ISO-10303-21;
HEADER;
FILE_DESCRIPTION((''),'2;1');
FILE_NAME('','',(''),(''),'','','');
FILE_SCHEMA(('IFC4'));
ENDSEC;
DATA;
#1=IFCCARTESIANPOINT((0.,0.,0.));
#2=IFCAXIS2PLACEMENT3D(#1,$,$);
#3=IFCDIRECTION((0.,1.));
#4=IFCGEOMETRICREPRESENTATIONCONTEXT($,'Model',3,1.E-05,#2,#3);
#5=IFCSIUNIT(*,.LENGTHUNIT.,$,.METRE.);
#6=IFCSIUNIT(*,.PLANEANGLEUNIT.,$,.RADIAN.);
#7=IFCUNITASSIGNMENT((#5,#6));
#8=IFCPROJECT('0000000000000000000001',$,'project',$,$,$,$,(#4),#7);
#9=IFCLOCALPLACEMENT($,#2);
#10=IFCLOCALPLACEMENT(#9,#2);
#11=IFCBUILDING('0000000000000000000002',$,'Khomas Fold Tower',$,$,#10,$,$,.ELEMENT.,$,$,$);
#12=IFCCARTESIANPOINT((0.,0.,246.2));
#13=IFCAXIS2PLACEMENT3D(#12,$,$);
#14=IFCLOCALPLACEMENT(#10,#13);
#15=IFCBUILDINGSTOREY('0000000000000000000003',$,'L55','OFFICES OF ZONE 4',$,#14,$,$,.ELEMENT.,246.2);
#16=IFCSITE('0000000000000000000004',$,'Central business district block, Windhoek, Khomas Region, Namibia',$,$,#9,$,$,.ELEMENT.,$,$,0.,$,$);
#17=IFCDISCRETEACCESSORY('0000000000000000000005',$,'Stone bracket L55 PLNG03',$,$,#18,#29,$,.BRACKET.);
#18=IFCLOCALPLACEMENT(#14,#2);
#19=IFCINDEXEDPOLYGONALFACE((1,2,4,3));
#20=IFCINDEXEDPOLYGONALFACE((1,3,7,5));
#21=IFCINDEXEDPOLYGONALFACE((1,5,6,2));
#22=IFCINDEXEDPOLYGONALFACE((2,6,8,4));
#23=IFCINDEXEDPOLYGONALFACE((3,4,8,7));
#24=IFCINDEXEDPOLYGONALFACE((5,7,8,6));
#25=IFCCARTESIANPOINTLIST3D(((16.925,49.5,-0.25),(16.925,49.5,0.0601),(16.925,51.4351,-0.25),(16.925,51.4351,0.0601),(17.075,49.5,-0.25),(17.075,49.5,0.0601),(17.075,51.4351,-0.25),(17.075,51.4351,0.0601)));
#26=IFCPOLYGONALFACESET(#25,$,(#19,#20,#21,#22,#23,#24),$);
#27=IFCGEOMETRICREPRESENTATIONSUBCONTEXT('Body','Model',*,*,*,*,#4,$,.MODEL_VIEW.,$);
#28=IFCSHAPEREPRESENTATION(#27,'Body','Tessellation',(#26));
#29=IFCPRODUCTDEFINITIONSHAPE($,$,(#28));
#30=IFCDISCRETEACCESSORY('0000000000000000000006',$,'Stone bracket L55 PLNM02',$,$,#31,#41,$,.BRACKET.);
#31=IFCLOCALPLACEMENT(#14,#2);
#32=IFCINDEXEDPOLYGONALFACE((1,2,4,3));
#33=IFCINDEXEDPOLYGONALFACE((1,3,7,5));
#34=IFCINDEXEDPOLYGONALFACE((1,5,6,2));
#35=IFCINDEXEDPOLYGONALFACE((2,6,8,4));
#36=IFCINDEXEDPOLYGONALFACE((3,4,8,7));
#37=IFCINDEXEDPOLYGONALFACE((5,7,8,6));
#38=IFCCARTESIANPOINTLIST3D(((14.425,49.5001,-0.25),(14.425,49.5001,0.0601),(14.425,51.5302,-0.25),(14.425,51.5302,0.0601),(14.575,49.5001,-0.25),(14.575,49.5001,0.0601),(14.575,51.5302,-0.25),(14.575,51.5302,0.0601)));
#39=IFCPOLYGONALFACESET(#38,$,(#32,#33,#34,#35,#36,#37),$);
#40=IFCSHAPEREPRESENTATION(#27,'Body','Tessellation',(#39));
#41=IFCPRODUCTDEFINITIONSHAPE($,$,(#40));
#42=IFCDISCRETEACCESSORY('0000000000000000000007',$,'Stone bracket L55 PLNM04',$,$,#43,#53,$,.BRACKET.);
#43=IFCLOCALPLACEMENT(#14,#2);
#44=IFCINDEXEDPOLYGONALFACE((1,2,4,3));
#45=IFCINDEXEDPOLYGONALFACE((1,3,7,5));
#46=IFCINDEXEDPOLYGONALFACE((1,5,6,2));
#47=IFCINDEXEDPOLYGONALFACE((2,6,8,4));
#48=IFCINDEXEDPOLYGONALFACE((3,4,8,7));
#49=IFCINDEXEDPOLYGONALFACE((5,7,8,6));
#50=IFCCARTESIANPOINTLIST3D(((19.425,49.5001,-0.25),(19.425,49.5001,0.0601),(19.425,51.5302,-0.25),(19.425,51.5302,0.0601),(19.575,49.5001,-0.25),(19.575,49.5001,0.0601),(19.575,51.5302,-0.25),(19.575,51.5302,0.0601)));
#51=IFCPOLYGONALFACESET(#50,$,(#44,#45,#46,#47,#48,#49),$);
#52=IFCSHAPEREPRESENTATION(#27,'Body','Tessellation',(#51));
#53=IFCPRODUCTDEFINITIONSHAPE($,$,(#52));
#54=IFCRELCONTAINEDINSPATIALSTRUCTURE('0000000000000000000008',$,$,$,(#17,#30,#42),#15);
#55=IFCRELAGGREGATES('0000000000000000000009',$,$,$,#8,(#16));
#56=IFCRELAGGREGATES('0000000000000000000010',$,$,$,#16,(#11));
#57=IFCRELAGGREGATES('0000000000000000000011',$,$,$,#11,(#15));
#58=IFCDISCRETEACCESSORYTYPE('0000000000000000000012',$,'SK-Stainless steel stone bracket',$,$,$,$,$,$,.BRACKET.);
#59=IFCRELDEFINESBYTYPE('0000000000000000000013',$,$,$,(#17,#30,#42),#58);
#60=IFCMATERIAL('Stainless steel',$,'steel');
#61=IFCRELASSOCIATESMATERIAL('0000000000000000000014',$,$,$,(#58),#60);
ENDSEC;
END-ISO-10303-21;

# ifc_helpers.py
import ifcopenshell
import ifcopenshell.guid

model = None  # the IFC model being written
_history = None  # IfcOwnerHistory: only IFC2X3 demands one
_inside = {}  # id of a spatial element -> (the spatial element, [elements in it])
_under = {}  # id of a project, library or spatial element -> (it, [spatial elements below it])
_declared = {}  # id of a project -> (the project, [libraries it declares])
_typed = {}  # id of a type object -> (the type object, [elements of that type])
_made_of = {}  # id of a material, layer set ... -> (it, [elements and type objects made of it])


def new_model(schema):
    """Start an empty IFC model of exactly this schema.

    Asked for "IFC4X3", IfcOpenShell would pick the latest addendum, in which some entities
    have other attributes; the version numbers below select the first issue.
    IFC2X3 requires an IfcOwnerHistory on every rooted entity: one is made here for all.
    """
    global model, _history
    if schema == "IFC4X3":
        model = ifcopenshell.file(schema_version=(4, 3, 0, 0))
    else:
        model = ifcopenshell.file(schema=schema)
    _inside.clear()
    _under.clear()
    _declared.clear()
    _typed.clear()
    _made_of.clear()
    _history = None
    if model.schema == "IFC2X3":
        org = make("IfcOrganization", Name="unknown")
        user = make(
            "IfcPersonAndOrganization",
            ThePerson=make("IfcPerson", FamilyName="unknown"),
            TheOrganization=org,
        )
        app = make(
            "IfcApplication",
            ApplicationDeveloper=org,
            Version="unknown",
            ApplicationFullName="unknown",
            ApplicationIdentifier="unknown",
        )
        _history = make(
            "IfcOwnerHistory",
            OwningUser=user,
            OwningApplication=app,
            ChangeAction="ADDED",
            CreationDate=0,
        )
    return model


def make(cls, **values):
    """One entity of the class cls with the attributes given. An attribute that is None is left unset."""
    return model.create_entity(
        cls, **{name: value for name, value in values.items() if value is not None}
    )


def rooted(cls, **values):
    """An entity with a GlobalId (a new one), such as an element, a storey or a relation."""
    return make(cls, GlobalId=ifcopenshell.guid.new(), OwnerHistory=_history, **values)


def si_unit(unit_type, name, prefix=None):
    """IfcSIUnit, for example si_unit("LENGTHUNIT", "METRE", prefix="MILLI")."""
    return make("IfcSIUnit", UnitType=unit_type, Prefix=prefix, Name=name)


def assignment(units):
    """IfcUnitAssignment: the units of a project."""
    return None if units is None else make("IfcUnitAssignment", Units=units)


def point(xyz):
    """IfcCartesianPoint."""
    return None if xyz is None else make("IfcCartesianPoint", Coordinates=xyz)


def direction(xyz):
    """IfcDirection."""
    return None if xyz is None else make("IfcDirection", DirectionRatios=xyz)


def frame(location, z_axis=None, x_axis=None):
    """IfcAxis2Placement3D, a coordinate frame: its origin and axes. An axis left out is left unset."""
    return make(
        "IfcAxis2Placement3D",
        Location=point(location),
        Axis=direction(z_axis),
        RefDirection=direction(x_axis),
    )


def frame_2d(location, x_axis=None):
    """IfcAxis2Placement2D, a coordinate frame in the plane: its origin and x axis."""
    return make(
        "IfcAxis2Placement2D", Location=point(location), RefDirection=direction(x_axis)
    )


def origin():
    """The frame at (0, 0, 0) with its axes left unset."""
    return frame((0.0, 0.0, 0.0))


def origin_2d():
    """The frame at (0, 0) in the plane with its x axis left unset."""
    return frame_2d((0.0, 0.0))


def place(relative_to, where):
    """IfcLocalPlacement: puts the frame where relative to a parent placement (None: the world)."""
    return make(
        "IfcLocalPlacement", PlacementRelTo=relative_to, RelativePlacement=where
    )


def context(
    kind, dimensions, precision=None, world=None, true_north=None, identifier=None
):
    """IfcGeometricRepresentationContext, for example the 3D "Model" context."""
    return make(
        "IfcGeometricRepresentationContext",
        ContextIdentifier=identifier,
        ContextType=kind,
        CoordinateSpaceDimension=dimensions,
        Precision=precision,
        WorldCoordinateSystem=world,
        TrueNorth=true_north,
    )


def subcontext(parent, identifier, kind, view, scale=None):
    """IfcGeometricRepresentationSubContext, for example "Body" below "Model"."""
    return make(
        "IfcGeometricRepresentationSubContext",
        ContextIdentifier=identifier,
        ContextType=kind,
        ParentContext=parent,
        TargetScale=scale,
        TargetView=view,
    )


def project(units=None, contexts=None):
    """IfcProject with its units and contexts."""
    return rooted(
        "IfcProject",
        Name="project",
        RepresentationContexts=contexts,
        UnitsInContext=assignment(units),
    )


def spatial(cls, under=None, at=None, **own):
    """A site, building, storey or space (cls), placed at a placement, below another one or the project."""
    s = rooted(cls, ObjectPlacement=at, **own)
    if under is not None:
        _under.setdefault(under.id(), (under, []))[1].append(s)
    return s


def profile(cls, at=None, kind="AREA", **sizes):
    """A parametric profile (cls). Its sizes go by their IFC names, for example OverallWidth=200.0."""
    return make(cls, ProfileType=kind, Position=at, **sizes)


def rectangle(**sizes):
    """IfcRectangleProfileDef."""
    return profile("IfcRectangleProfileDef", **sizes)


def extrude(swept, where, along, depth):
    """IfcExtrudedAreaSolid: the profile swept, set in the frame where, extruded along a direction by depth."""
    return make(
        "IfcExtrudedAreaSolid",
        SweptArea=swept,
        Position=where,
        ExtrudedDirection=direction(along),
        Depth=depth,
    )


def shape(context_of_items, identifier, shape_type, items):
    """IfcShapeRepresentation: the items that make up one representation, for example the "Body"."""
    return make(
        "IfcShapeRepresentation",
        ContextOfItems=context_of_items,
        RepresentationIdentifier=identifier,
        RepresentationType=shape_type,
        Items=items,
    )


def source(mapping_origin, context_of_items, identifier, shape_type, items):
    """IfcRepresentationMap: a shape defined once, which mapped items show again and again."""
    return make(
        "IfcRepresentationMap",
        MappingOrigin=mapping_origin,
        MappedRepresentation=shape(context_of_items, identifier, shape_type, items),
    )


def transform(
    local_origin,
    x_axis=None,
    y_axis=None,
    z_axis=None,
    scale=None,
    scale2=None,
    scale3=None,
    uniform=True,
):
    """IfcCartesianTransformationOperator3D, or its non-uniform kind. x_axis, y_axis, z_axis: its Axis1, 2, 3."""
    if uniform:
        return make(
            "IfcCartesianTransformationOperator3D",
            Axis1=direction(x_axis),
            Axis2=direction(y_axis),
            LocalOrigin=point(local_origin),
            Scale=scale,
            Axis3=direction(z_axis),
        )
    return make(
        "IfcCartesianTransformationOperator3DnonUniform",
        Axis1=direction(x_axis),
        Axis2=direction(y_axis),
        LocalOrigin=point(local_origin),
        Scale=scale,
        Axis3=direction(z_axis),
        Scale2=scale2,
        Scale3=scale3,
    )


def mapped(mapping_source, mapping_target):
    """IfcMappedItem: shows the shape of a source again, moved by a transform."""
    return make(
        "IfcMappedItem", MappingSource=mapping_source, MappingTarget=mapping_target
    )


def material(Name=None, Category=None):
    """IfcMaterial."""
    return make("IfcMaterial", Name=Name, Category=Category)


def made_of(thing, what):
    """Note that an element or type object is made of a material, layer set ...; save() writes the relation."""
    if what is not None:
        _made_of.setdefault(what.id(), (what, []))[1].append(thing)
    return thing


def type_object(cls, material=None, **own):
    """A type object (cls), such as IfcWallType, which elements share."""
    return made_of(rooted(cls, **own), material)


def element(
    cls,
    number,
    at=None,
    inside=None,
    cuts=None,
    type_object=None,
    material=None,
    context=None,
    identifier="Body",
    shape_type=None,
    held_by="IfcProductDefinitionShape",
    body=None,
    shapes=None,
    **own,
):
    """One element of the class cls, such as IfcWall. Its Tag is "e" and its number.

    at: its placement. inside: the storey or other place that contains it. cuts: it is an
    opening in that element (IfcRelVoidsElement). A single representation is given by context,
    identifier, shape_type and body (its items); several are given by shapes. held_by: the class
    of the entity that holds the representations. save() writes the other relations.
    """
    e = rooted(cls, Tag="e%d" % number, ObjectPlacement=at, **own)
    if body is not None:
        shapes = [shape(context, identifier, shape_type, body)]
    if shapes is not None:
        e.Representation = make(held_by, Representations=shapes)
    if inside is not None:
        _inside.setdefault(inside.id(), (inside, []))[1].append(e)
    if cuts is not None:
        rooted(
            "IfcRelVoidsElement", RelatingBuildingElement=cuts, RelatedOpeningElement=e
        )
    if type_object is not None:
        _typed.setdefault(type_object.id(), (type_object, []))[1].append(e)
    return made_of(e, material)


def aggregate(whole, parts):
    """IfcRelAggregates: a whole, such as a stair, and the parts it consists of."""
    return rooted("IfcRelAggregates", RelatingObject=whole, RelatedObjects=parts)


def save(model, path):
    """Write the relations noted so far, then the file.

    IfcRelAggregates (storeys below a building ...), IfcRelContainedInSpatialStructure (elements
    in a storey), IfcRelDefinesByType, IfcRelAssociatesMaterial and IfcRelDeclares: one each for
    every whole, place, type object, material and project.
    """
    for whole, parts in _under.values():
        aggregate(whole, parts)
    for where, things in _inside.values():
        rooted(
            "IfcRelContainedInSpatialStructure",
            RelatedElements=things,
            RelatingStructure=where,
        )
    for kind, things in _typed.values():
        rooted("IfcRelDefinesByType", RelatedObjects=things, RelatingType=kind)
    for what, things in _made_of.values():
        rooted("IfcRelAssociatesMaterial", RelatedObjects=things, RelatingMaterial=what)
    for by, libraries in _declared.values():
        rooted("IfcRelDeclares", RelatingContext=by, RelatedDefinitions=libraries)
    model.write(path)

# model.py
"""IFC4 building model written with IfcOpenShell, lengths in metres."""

from ifc_helpers import new_model, si_unit, direction, frame, origin, origin_2d, place, context, subcontext, project, spatial, rectangle, extrude, source, transform, mapped, material, type_object, element, save


model = new_model("IFC4")

# Units and contexts
model_context = context("Model", 3, precision=1e-05, world=origin(), true_north=direction((0.0, 1.0)))
body_context = subcontext(model_context, "Body", "Model", "MODEL_VIEW")
ifc_project = project(units=[si_unit("LENGTHUNIT", "METRE"), si_unit("PLANEANGLEUNIT", "RADIAN")], contexts=[model_context])

# Site, building, storey
site_placement = place(None, origin())
site = spatial("IfcSite", under=ifc_project, at=site_placement, Name="Central business district block, Windhoek, Khomas Region, Namibia", CompositionType="ELEMENT", RefElevation=0.0)
building_placement = place(site_placement, origin())
building = spatial("IfcBuilding", under=site, at=building_placement, Name="Khomas Fold Tower", CompositionType="ELEMENT")
storey_placement = place(building_placement, frame((0.0, 0.0, 246.2)))
storey = spatial("IfcBuildingStorey", under=building, at=storey_placement, Name="L55", Description="OFFICES OF ZONE 4", CompositionType="ELEMENT", Elevation=246.2)

# Discrete accessories
ifc_material_1 = material(Name="Stainless steel", Category="steel")
discrete_accessory_type = type_object("IfcDiscreteAccessoryType", Name="SK-Stainless steel stone bracket", PredefinedType="BRACKET", material=ifc_material_1)
shared_shape_1 = source(origin(), body_context, "Body", "SweptSolid", [
    extrude(rectangle(XDim=1.9351, YDim=0.1499, at=origin_2d()), origin(), (0.0, 0.0, 1.0), 0.3101),
])
for number, where, z_axis, x_axis, name in (
    (1, (17.0, 50.4675, -0.25), (0.0, 0.0, 1.0), (0.0, 1.0, 0.0), "Stone bracket L55 PLNG03"),
):
    element("IfcDiscreteAccessory", number, at=place(storey_placement, frame(where, z_axis=z_axis, x_axis=x_axis)), inside=storey, type_object=discrete_accessory_type, Name=name, PredefinedType="BRACKET", context=body_context, shape_type="MappedRepresentation", body=[
        mapped(shared_shape_1, transform((0.0, 0.0, 0.0))),
    ])
shared_shape_2 = source(origin(), body_context, "Body", "SweptSolid", [
    extrude(rectangle(XDim=2.03, YDim=0.1499, at=origin_2d()), origin(), (0.0, 0.0, 1.0), 0.3101),
])
for number, where, z_axis, x_axis, name in (
    (2, (14.5, 50.5151, -0.25), (0.0, 0.0, 1.0), (0.0, 1.0, 0.0), "Stone bracket L55 PLNM02"),
    (3, (19.5, 50.5151, -0.25), (0.0, 0.0, 1.0), (0.0, 1.0, 0.0), "Stone bracket L55 PLNM04"),
):
    element("IfcDiscreteAccessory", number, at=place(storey_placement, frame(where, z_axis=z_axis, x_axis=x_axis)), inside=storey, type_object=discrete_accessory_type, Name=name, PredefinedType="BRACKET", context=body_context, shape_type="MappedRepresentation", body=[
        mapped(shared_shape_2, transform((0.0, 0.0, 0.0))),
    ])

save(model, "model.ifc")
